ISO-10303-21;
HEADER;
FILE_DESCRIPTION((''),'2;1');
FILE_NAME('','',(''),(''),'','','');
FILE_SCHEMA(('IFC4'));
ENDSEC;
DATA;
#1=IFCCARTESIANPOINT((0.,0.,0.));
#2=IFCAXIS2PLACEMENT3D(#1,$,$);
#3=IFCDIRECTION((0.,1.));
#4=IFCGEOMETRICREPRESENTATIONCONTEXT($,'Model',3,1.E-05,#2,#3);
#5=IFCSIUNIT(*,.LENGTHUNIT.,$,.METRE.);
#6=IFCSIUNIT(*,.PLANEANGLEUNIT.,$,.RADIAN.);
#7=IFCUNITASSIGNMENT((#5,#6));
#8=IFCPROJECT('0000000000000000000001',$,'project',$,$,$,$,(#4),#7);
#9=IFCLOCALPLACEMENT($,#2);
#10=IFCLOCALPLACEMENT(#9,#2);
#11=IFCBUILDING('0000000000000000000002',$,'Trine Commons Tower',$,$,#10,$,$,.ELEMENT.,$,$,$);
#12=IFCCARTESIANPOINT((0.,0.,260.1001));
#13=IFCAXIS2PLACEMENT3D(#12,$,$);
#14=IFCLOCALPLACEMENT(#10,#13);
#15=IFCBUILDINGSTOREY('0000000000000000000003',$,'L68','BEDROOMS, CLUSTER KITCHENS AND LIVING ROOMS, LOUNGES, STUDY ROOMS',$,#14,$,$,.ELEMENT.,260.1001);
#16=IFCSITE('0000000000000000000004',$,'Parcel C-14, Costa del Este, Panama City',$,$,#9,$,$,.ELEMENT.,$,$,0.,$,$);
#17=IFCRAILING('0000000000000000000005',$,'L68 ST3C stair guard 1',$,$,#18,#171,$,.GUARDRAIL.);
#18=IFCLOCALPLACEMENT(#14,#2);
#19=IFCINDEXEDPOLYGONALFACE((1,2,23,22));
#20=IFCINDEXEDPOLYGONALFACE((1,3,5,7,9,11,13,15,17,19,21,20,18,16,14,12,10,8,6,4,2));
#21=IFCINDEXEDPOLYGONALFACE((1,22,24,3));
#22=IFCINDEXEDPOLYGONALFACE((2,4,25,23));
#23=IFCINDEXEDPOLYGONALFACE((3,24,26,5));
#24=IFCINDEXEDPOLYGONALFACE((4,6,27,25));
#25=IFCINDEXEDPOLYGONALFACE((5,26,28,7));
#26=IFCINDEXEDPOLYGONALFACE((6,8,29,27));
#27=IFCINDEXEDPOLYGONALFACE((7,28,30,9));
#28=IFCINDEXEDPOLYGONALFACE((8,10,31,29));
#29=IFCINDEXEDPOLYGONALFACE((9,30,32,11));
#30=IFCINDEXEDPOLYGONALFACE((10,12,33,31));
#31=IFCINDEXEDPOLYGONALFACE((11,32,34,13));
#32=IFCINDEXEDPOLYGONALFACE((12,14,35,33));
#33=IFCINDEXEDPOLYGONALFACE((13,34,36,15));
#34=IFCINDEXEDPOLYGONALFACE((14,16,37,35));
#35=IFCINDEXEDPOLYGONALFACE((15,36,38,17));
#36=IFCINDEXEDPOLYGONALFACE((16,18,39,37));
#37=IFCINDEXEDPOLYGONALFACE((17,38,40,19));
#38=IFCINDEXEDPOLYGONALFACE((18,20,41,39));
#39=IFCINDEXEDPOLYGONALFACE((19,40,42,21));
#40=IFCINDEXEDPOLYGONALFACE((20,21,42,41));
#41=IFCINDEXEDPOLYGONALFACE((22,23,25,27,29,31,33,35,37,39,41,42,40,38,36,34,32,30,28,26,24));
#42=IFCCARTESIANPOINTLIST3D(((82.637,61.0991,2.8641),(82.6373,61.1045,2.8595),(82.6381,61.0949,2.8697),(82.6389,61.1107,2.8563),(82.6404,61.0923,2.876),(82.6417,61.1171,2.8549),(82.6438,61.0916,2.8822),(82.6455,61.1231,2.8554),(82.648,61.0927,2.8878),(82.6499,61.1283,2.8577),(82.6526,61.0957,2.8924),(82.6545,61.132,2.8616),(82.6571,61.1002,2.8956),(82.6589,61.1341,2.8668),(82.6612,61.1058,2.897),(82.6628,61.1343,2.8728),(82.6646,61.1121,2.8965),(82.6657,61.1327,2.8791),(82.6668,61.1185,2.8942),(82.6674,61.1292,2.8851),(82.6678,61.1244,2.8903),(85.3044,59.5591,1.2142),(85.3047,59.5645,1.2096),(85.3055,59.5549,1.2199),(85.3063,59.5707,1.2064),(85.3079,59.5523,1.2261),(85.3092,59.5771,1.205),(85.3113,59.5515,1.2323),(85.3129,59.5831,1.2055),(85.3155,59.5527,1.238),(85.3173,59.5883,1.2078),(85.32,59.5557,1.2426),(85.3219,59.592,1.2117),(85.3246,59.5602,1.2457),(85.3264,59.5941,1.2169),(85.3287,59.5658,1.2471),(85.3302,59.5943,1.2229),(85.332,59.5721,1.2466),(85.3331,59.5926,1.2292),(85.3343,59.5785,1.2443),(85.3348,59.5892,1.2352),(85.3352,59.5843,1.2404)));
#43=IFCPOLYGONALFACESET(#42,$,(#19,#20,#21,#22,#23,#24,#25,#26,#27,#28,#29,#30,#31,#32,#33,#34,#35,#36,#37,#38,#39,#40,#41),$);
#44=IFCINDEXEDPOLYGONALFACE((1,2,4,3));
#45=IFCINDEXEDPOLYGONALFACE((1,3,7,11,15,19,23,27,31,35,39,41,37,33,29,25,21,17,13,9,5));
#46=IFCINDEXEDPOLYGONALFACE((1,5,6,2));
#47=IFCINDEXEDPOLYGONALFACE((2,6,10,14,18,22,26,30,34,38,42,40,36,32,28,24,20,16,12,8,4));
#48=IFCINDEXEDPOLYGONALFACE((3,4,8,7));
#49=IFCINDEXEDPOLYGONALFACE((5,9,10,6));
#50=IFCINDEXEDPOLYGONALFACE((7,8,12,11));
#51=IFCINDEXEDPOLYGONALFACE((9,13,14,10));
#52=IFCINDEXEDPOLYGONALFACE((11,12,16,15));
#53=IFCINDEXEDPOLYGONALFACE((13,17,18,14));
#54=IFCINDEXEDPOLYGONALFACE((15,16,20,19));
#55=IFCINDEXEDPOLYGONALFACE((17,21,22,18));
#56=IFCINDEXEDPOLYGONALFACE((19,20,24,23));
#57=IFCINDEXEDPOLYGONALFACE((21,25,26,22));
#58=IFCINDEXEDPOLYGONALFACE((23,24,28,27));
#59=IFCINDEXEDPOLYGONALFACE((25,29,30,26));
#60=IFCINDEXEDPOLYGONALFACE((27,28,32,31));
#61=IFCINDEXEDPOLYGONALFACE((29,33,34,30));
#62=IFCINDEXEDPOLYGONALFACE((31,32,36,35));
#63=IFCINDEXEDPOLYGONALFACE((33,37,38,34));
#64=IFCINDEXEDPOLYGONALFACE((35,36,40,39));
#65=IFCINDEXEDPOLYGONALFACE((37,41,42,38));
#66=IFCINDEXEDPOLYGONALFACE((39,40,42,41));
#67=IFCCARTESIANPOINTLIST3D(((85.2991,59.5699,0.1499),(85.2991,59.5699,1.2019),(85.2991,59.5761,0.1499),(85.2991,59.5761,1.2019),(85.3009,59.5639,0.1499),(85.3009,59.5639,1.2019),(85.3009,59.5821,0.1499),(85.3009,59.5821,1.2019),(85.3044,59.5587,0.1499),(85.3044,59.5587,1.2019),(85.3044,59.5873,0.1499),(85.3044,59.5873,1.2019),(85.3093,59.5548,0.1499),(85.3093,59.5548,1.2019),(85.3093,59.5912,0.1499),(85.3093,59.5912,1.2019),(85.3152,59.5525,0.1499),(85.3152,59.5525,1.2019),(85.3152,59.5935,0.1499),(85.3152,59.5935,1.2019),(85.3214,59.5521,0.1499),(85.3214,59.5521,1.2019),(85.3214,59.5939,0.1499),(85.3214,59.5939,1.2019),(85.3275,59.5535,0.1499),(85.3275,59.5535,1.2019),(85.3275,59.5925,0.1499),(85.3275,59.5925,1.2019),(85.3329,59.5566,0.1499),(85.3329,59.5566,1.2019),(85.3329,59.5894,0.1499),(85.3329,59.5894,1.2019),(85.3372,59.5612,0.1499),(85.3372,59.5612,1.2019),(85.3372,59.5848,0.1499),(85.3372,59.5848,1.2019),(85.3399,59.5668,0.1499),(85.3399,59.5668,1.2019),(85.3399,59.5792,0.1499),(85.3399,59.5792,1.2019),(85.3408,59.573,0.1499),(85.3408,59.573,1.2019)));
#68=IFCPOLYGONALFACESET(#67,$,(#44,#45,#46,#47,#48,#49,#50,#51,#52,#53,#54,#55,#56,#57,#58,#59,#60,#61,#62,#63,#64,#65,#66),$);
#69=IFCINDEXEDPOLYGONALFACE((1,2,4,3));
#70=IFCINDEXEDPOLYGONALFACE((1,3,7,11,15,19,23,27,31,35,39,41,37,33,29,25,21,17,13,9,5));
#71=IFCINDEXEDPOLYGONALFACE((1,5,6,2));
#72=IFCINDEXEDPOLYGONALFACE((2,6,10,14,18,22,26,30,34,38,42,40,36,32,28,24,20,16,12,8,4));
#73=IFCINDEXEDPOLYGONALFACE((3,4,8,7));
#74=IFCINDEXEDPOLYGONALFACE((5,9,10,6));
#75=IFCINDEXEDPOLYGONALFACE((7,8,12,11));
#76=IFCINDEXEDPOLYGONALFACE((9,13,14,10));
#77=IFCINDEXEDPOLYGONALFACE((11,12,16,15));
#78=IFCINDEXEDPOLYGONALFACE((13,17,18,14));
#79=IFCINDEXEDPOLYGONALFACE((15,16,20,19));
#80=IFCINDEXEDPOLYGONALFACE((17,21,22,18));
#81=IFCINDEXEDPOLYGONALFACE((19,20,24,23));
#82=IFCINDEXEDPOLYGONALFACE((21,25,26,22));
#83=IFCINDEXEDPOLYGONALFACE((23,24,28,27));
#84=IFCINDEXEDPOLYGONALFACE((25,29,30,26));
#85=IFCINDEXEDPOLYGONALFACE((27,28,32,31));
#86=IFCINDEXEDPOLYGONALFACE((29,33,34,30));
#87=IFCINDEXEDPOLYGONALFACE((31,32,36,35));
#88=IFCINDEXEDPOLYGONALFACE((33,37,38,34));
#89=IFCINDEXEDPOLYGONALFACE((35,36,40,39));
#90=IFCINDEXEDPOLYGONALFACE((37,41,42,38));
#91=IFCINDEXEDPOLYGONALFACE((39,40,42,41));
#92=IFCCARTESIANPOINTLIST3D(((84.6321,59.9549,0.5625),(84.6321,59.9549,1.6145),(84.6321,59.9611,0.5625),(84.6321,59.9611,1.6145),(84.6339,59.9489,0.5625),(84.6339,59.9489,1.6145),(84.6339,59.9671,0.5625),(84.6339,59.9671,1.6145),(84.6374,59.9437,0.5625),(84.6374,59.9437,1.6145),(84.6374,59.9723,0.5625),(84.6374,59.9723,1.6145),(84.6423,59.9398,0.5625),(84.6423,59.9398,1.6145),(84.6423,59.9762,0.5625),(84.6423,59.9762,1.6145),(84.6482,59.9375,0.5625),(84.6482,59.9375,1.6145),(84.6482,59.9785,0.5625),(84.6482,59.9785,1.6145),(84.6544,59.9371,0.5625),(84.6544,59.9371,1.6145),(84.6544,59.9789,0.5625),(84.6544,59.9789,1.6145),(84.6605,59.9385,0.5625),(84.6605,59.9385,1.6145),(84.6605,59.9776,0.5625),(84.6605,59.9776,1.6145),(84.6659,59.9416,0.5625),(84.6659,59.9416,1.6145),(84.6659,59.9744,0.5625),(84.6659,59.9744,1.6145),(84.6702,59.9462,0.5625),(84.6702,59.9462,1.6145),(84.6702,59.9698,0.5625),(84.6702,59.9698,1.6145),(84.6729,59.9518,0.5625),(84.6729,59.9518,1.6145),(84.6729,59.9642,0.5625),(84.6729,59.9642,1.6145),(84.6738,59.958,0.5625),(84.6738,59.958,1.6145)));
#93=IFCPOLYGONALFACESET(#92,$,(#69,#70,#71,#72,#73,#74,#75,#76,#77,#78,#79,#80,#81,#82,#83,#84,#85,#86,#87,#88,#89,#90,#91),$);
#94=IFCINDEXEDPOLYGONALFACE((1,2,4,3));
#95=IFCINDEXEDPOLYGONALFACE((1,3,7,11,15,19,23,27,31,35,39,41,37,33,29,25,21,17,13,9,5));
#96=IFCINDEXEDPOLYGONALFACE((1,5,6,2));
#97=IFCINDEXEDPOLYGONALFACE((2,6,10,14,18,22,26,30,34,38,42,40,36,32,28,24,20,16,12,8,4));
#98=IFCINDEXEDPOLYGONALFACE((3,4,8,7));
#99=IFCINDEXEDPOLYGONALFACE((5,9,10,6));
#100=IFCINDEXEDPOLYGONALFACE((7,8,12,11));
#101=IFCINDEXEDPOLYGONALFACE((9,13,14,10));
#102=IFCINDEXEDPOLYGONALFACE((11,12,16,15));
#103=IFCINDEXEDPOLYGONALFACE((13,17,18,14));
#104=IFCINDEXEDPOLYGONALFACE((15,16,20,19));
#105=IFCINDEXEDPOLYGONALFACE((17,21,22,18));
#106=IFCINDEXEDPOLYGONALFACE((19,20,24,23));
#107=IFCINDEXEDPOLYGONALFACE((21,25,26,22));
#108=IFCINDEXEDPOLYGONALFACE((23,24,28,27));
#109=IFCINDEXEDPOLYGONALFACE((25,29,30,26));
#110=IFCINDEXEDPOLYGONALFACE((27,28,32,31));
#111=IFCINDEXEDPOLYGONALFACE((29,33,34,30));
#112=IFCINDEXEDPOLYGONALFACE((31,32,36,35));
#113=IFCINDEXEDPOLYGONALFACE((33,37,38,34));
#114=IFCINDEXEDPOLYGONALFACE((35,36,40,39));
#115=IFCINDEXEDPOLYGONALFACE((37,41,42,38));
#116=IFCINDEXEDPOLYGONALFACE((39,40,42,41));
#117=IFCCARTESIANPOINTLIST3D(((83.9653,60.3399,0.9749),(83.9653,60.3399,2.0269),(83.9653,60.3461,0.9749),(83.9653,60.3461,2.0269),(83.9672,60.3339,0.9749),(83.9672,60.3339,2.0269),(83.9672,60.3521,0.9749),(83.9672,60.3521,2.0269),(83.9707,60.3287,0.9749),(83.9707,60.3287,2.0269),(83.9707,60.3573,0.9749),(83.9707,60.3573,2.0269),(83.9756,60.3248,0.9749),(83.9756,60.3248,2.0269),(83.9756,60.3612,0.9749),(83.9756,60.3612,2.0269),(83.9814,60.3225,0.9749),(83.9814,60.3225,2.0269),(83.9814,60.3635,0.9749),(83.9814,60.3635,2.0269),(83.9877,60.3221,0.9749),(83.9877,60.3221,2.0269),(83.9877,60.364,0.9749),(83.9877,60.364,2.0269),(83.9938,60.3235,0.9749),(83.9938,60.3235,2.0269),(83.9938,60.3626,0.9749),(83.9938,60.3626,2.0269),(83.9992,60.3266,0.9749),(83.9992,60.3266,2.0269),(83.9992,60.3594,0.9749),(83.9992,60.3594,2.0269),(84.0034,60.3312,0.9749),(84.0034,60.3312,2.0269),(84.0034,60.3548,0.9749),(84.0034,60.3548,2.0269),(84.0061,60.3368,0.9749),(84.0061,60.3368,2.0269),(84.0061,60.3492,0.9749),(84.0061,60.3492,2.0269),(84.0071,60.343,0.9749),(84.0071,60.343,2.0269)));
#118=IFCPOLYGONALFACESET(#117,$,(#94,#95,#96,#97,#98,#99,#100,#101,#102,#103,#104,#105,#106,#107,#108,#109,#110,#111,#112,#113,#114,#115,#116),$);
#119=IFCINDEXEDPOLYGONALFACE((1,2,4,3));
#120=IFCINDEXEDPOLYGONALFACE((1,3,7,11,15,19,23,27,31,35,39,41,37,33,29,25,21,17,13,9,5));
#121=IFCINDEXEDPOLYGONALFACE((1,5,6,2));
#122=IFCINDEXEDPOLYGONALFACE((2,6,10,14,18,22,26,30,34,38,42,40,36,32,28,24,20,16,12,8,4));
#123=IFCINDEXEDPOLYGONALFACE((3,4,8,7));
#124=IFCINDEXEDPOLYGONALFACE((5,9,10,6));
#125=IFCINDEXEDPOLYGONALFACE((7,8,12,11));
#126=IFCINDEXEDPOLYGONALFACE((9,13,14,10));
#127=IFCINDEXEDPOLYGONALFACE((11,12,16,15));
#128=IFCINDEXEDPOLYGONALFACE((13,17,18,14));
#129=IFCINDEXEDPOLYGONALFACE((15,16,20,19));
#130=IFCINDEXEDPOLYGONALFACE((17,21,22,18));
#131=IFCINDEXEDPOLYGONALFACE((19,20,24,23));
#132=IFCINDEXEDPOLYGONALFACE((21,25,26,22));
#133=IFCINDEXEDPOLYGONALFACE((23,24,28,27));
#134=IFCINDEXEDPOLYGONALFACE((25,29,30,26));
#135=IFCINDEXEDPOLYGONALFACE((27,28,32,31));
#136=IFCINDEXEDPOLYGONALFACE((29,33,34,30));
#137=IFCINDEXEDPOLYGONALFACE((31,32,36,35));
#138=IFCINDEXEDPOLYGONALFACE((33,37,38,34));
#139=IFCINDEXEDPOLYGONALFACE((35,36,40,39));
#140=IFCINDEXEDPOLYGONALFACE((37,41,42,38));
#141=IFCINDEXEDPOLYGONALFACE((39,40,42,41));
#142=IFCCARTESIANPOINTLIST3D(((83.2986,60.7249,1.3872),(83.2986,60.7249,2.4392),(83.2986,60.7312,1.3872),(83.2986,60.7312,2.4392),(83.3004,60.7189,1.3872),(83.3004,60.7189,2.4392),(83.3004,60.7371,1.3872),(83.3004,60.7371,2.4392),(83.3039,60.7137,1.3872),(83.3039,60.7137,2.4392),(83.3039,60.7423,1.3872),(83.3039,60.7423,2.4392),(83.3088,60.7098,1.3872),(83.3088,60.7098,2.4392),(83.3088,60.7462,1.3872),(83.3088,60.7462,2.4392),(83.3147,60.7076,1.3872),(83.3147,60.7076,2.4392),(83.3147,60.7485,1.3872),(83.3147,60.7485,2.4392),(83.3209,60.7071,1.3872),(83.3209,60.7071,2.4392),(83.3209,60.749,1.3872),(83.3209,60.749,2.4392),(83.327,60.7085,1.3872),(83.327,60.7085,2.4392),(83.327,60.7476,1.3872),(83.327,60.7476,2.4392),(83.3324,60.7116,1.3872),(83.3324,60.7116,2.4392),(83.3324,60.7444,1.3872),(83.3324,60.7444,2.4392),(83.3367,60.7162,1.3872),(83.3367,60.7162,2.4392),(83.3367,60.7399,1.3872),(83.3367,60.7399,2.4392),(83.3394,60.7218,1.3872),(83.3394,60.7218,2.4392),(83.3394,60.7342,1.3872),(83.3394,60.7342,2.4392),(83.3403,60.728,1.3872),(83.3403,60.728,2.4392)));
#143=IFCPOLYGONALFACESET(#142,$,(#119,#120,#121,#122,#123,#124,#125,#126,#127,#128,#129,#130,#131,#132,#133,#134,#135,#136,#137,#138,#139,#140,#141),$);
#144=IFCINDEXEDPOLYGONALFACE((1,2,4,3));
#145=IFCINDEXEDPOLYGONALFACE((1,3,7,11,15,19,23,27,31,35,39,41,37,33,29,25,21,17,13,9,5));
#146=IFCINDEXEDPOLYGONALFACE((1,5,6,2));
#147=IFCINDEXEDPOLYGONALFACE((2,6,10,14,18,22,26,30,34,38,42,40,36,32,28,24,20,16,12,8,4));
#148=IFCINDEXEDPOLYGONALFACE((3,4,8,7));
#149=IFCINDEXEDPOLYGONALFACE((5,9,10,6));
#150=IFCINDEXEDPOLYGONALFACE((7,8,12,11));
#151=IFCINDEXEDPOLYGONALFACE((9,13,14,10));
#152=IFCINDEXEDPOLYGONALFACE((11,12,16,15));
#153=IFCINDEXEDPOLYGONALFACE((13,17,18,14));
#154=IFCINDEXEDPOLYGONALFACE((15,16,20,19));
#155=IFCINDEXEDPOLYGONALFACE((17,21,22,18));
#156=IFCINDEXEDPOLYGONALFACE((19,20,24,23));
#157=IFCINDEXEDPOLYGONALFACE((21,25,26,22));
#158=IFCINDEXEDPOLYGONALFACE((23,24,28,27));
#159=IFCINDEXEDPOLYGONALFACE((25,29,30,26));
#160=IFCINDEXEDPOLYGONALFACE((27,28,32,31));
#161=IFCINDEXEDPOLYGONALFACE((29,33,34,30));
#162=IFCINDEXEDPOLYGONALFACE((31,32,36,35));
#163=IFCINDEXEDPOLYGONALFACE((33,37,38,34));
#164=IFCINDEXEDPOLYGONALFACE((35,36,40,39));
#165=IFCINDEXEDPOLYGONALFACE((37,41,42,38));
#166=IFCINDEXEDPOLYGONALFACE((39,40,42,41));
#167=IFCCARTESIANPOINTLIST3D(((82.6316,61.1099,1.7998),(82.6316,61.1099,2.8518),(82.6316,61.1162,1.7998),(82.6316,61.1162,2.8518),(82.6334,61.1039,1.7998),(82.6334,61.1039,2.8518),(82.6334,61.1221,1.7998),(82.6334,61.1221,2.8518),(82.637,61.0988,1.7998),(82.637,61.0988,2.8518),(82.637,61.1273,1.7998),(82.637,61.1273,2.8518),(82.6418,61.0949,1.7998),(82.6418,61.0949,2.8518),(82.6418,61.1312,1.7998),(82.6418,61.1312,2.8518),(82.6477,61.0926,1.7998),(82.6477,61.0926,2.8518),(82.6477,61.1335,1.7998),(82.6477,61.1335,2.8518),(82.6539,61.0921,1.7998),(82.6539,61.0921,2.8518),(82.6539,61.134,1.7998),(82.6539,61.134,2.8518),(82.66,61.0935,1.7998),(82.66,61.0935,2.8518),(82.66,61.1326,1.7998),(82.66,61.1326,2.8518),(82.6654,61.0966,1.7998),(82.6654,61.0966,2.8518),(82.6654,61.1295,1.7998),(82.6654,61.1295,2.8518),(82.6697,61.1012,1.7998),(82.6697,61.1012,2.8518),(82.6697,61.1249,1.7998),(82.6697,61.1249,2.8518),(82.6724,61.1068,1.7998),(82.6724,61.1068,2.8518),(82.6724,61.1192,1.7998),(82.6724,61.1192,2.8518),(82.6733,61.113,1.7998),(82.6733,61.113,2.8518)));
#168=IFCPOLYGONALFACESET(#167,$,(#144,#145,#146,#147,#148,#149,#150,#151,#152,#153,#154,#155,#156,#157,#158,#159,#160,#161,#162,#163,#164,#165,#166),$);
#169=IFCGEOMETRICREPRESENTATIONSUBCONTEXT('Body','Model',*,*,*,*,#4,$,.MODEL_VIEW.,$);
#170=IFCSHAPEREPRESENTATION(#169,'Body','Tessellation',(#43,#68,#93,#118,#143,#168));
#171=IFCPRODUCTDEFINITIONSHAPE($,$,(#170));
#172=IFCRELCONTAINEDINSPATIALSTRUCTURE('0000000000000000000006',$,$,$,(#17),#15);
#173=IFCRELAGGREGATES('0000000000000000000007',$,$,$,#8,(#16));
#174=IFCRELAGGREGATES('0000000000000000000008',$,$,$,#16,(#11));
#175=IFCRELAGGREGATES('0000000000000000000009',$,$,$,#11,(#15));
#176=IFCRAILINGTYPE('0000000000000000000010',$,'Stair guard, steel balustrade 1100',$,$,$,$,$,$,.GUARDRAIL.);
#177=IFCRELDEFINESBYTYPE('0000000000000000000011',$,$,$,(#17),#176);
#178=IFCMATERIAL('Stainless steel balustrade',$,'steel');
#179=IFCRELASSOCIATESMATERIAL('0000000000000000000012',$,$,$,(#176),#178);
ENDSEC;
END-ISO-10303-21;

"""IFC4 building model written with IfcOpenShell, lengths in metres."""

from ifc_helpers import new_model, si_unit, direction, frame, origin, origin_2d, place, context, subcontext, project, spatial, circle, extrude, material, type_object, element, save


model = new_model("IFC4")

# Units and contexts
model_context = context("Model", 3, precision=1e-05, world=origin(), true_north=direction((0.0, 1.0)))
body_context = subcontext(model_context, "Body", "Model", "MODEL_VIEW")
ifc_project = project(units=[si_unit("LENGTHUNIT", "METRE"), si_unit("PLANEANGLEUNIT", "RADIAN")], contexts=[model_context])

# Site, building, storey
site_placement = place(None, origin())
site = spatial("IfcSite", under=ifc_project, at=site_placement, Name="Parcel C-14, Costa del Este, Panama City", CompositionType="ELEMENT", RefElevation=0.0)
building_placement = place(site_placement, origin())
building = spatial("IfcBuilding", under=site, at=building_placement, Name="Trine Commons Tower", CompositionType="ELEMENT")
storey_placement = place(building_placement, frame((0.0, 0.0, 260.1001)))
storey = spatial("IfcBuildingStorey", under=building, at=storey_placement, Name="L68", Description="BEDROOMS, CLUSTER KITCHENS AND LIVING ROOMS, LOUNGES, STUDY ROOMS", CompositionType="ELEMENT", Elevation=260.1001)

# Railing
ifc_material_1 = material(Name="Stainless steel balustrade", Category="steel")
railing_type_1 = type_object("IfcRailingType", Name="Stair guard, steel balustrade 1100", PredefinedType="GUARDRAIL", material=ifc_material_1)
railing_1_placement = place(storey_placement, frame((85.3198, 59.573, 0.1499)))
element("IfcRailing", 1, at=railing_1_placement, inside=storey, type_object=railing_type_1, Name="L68 ST3C stair guard 1", PredefinedType="GUARDRAIL", context=body_context, shape_type="SweptSolid", body=[
    extrude(circle(Radius=0.0239, at=origin_2d()), frame((0.0, 0.0, 1.0762), z_axis=(-0.763405, 0.440743, 0.472185), x_axis=(-0.499992, -0.86603, 0.0)), (0.0, 0.0, 1.0), 3.4941),
    extrude(circle(Radius=0.021, at=origin_2d()), origin(), (0.0, 0.0, 1.0), 1.052),
    extrude(circle(Radius=0.021, at=origin_2d()), frame((-0.667, 0.385, 0.4126)), (0.0, 0.0, 1.0), 1.052),
    extrude(circle(Radius=0.021, at=origin_2d()), frame((-1.3337, 0.77, 0.825)), (0.0, 0.0, 1.0), 1.052),
    extrude(circle(Radius=0.021, at=origin_2d()), frame((-2.0005, 1.155, 1.2373)), (0.0, 0.0, 1.0), 1.052),
    extrude(circle(Radius=0.021, at=origin_2d()), frame((-2.6675, 1.54, 1.6499)), (0.0, 0.0, 1.0), 1.052),
])

save(model, "model.ifc")
